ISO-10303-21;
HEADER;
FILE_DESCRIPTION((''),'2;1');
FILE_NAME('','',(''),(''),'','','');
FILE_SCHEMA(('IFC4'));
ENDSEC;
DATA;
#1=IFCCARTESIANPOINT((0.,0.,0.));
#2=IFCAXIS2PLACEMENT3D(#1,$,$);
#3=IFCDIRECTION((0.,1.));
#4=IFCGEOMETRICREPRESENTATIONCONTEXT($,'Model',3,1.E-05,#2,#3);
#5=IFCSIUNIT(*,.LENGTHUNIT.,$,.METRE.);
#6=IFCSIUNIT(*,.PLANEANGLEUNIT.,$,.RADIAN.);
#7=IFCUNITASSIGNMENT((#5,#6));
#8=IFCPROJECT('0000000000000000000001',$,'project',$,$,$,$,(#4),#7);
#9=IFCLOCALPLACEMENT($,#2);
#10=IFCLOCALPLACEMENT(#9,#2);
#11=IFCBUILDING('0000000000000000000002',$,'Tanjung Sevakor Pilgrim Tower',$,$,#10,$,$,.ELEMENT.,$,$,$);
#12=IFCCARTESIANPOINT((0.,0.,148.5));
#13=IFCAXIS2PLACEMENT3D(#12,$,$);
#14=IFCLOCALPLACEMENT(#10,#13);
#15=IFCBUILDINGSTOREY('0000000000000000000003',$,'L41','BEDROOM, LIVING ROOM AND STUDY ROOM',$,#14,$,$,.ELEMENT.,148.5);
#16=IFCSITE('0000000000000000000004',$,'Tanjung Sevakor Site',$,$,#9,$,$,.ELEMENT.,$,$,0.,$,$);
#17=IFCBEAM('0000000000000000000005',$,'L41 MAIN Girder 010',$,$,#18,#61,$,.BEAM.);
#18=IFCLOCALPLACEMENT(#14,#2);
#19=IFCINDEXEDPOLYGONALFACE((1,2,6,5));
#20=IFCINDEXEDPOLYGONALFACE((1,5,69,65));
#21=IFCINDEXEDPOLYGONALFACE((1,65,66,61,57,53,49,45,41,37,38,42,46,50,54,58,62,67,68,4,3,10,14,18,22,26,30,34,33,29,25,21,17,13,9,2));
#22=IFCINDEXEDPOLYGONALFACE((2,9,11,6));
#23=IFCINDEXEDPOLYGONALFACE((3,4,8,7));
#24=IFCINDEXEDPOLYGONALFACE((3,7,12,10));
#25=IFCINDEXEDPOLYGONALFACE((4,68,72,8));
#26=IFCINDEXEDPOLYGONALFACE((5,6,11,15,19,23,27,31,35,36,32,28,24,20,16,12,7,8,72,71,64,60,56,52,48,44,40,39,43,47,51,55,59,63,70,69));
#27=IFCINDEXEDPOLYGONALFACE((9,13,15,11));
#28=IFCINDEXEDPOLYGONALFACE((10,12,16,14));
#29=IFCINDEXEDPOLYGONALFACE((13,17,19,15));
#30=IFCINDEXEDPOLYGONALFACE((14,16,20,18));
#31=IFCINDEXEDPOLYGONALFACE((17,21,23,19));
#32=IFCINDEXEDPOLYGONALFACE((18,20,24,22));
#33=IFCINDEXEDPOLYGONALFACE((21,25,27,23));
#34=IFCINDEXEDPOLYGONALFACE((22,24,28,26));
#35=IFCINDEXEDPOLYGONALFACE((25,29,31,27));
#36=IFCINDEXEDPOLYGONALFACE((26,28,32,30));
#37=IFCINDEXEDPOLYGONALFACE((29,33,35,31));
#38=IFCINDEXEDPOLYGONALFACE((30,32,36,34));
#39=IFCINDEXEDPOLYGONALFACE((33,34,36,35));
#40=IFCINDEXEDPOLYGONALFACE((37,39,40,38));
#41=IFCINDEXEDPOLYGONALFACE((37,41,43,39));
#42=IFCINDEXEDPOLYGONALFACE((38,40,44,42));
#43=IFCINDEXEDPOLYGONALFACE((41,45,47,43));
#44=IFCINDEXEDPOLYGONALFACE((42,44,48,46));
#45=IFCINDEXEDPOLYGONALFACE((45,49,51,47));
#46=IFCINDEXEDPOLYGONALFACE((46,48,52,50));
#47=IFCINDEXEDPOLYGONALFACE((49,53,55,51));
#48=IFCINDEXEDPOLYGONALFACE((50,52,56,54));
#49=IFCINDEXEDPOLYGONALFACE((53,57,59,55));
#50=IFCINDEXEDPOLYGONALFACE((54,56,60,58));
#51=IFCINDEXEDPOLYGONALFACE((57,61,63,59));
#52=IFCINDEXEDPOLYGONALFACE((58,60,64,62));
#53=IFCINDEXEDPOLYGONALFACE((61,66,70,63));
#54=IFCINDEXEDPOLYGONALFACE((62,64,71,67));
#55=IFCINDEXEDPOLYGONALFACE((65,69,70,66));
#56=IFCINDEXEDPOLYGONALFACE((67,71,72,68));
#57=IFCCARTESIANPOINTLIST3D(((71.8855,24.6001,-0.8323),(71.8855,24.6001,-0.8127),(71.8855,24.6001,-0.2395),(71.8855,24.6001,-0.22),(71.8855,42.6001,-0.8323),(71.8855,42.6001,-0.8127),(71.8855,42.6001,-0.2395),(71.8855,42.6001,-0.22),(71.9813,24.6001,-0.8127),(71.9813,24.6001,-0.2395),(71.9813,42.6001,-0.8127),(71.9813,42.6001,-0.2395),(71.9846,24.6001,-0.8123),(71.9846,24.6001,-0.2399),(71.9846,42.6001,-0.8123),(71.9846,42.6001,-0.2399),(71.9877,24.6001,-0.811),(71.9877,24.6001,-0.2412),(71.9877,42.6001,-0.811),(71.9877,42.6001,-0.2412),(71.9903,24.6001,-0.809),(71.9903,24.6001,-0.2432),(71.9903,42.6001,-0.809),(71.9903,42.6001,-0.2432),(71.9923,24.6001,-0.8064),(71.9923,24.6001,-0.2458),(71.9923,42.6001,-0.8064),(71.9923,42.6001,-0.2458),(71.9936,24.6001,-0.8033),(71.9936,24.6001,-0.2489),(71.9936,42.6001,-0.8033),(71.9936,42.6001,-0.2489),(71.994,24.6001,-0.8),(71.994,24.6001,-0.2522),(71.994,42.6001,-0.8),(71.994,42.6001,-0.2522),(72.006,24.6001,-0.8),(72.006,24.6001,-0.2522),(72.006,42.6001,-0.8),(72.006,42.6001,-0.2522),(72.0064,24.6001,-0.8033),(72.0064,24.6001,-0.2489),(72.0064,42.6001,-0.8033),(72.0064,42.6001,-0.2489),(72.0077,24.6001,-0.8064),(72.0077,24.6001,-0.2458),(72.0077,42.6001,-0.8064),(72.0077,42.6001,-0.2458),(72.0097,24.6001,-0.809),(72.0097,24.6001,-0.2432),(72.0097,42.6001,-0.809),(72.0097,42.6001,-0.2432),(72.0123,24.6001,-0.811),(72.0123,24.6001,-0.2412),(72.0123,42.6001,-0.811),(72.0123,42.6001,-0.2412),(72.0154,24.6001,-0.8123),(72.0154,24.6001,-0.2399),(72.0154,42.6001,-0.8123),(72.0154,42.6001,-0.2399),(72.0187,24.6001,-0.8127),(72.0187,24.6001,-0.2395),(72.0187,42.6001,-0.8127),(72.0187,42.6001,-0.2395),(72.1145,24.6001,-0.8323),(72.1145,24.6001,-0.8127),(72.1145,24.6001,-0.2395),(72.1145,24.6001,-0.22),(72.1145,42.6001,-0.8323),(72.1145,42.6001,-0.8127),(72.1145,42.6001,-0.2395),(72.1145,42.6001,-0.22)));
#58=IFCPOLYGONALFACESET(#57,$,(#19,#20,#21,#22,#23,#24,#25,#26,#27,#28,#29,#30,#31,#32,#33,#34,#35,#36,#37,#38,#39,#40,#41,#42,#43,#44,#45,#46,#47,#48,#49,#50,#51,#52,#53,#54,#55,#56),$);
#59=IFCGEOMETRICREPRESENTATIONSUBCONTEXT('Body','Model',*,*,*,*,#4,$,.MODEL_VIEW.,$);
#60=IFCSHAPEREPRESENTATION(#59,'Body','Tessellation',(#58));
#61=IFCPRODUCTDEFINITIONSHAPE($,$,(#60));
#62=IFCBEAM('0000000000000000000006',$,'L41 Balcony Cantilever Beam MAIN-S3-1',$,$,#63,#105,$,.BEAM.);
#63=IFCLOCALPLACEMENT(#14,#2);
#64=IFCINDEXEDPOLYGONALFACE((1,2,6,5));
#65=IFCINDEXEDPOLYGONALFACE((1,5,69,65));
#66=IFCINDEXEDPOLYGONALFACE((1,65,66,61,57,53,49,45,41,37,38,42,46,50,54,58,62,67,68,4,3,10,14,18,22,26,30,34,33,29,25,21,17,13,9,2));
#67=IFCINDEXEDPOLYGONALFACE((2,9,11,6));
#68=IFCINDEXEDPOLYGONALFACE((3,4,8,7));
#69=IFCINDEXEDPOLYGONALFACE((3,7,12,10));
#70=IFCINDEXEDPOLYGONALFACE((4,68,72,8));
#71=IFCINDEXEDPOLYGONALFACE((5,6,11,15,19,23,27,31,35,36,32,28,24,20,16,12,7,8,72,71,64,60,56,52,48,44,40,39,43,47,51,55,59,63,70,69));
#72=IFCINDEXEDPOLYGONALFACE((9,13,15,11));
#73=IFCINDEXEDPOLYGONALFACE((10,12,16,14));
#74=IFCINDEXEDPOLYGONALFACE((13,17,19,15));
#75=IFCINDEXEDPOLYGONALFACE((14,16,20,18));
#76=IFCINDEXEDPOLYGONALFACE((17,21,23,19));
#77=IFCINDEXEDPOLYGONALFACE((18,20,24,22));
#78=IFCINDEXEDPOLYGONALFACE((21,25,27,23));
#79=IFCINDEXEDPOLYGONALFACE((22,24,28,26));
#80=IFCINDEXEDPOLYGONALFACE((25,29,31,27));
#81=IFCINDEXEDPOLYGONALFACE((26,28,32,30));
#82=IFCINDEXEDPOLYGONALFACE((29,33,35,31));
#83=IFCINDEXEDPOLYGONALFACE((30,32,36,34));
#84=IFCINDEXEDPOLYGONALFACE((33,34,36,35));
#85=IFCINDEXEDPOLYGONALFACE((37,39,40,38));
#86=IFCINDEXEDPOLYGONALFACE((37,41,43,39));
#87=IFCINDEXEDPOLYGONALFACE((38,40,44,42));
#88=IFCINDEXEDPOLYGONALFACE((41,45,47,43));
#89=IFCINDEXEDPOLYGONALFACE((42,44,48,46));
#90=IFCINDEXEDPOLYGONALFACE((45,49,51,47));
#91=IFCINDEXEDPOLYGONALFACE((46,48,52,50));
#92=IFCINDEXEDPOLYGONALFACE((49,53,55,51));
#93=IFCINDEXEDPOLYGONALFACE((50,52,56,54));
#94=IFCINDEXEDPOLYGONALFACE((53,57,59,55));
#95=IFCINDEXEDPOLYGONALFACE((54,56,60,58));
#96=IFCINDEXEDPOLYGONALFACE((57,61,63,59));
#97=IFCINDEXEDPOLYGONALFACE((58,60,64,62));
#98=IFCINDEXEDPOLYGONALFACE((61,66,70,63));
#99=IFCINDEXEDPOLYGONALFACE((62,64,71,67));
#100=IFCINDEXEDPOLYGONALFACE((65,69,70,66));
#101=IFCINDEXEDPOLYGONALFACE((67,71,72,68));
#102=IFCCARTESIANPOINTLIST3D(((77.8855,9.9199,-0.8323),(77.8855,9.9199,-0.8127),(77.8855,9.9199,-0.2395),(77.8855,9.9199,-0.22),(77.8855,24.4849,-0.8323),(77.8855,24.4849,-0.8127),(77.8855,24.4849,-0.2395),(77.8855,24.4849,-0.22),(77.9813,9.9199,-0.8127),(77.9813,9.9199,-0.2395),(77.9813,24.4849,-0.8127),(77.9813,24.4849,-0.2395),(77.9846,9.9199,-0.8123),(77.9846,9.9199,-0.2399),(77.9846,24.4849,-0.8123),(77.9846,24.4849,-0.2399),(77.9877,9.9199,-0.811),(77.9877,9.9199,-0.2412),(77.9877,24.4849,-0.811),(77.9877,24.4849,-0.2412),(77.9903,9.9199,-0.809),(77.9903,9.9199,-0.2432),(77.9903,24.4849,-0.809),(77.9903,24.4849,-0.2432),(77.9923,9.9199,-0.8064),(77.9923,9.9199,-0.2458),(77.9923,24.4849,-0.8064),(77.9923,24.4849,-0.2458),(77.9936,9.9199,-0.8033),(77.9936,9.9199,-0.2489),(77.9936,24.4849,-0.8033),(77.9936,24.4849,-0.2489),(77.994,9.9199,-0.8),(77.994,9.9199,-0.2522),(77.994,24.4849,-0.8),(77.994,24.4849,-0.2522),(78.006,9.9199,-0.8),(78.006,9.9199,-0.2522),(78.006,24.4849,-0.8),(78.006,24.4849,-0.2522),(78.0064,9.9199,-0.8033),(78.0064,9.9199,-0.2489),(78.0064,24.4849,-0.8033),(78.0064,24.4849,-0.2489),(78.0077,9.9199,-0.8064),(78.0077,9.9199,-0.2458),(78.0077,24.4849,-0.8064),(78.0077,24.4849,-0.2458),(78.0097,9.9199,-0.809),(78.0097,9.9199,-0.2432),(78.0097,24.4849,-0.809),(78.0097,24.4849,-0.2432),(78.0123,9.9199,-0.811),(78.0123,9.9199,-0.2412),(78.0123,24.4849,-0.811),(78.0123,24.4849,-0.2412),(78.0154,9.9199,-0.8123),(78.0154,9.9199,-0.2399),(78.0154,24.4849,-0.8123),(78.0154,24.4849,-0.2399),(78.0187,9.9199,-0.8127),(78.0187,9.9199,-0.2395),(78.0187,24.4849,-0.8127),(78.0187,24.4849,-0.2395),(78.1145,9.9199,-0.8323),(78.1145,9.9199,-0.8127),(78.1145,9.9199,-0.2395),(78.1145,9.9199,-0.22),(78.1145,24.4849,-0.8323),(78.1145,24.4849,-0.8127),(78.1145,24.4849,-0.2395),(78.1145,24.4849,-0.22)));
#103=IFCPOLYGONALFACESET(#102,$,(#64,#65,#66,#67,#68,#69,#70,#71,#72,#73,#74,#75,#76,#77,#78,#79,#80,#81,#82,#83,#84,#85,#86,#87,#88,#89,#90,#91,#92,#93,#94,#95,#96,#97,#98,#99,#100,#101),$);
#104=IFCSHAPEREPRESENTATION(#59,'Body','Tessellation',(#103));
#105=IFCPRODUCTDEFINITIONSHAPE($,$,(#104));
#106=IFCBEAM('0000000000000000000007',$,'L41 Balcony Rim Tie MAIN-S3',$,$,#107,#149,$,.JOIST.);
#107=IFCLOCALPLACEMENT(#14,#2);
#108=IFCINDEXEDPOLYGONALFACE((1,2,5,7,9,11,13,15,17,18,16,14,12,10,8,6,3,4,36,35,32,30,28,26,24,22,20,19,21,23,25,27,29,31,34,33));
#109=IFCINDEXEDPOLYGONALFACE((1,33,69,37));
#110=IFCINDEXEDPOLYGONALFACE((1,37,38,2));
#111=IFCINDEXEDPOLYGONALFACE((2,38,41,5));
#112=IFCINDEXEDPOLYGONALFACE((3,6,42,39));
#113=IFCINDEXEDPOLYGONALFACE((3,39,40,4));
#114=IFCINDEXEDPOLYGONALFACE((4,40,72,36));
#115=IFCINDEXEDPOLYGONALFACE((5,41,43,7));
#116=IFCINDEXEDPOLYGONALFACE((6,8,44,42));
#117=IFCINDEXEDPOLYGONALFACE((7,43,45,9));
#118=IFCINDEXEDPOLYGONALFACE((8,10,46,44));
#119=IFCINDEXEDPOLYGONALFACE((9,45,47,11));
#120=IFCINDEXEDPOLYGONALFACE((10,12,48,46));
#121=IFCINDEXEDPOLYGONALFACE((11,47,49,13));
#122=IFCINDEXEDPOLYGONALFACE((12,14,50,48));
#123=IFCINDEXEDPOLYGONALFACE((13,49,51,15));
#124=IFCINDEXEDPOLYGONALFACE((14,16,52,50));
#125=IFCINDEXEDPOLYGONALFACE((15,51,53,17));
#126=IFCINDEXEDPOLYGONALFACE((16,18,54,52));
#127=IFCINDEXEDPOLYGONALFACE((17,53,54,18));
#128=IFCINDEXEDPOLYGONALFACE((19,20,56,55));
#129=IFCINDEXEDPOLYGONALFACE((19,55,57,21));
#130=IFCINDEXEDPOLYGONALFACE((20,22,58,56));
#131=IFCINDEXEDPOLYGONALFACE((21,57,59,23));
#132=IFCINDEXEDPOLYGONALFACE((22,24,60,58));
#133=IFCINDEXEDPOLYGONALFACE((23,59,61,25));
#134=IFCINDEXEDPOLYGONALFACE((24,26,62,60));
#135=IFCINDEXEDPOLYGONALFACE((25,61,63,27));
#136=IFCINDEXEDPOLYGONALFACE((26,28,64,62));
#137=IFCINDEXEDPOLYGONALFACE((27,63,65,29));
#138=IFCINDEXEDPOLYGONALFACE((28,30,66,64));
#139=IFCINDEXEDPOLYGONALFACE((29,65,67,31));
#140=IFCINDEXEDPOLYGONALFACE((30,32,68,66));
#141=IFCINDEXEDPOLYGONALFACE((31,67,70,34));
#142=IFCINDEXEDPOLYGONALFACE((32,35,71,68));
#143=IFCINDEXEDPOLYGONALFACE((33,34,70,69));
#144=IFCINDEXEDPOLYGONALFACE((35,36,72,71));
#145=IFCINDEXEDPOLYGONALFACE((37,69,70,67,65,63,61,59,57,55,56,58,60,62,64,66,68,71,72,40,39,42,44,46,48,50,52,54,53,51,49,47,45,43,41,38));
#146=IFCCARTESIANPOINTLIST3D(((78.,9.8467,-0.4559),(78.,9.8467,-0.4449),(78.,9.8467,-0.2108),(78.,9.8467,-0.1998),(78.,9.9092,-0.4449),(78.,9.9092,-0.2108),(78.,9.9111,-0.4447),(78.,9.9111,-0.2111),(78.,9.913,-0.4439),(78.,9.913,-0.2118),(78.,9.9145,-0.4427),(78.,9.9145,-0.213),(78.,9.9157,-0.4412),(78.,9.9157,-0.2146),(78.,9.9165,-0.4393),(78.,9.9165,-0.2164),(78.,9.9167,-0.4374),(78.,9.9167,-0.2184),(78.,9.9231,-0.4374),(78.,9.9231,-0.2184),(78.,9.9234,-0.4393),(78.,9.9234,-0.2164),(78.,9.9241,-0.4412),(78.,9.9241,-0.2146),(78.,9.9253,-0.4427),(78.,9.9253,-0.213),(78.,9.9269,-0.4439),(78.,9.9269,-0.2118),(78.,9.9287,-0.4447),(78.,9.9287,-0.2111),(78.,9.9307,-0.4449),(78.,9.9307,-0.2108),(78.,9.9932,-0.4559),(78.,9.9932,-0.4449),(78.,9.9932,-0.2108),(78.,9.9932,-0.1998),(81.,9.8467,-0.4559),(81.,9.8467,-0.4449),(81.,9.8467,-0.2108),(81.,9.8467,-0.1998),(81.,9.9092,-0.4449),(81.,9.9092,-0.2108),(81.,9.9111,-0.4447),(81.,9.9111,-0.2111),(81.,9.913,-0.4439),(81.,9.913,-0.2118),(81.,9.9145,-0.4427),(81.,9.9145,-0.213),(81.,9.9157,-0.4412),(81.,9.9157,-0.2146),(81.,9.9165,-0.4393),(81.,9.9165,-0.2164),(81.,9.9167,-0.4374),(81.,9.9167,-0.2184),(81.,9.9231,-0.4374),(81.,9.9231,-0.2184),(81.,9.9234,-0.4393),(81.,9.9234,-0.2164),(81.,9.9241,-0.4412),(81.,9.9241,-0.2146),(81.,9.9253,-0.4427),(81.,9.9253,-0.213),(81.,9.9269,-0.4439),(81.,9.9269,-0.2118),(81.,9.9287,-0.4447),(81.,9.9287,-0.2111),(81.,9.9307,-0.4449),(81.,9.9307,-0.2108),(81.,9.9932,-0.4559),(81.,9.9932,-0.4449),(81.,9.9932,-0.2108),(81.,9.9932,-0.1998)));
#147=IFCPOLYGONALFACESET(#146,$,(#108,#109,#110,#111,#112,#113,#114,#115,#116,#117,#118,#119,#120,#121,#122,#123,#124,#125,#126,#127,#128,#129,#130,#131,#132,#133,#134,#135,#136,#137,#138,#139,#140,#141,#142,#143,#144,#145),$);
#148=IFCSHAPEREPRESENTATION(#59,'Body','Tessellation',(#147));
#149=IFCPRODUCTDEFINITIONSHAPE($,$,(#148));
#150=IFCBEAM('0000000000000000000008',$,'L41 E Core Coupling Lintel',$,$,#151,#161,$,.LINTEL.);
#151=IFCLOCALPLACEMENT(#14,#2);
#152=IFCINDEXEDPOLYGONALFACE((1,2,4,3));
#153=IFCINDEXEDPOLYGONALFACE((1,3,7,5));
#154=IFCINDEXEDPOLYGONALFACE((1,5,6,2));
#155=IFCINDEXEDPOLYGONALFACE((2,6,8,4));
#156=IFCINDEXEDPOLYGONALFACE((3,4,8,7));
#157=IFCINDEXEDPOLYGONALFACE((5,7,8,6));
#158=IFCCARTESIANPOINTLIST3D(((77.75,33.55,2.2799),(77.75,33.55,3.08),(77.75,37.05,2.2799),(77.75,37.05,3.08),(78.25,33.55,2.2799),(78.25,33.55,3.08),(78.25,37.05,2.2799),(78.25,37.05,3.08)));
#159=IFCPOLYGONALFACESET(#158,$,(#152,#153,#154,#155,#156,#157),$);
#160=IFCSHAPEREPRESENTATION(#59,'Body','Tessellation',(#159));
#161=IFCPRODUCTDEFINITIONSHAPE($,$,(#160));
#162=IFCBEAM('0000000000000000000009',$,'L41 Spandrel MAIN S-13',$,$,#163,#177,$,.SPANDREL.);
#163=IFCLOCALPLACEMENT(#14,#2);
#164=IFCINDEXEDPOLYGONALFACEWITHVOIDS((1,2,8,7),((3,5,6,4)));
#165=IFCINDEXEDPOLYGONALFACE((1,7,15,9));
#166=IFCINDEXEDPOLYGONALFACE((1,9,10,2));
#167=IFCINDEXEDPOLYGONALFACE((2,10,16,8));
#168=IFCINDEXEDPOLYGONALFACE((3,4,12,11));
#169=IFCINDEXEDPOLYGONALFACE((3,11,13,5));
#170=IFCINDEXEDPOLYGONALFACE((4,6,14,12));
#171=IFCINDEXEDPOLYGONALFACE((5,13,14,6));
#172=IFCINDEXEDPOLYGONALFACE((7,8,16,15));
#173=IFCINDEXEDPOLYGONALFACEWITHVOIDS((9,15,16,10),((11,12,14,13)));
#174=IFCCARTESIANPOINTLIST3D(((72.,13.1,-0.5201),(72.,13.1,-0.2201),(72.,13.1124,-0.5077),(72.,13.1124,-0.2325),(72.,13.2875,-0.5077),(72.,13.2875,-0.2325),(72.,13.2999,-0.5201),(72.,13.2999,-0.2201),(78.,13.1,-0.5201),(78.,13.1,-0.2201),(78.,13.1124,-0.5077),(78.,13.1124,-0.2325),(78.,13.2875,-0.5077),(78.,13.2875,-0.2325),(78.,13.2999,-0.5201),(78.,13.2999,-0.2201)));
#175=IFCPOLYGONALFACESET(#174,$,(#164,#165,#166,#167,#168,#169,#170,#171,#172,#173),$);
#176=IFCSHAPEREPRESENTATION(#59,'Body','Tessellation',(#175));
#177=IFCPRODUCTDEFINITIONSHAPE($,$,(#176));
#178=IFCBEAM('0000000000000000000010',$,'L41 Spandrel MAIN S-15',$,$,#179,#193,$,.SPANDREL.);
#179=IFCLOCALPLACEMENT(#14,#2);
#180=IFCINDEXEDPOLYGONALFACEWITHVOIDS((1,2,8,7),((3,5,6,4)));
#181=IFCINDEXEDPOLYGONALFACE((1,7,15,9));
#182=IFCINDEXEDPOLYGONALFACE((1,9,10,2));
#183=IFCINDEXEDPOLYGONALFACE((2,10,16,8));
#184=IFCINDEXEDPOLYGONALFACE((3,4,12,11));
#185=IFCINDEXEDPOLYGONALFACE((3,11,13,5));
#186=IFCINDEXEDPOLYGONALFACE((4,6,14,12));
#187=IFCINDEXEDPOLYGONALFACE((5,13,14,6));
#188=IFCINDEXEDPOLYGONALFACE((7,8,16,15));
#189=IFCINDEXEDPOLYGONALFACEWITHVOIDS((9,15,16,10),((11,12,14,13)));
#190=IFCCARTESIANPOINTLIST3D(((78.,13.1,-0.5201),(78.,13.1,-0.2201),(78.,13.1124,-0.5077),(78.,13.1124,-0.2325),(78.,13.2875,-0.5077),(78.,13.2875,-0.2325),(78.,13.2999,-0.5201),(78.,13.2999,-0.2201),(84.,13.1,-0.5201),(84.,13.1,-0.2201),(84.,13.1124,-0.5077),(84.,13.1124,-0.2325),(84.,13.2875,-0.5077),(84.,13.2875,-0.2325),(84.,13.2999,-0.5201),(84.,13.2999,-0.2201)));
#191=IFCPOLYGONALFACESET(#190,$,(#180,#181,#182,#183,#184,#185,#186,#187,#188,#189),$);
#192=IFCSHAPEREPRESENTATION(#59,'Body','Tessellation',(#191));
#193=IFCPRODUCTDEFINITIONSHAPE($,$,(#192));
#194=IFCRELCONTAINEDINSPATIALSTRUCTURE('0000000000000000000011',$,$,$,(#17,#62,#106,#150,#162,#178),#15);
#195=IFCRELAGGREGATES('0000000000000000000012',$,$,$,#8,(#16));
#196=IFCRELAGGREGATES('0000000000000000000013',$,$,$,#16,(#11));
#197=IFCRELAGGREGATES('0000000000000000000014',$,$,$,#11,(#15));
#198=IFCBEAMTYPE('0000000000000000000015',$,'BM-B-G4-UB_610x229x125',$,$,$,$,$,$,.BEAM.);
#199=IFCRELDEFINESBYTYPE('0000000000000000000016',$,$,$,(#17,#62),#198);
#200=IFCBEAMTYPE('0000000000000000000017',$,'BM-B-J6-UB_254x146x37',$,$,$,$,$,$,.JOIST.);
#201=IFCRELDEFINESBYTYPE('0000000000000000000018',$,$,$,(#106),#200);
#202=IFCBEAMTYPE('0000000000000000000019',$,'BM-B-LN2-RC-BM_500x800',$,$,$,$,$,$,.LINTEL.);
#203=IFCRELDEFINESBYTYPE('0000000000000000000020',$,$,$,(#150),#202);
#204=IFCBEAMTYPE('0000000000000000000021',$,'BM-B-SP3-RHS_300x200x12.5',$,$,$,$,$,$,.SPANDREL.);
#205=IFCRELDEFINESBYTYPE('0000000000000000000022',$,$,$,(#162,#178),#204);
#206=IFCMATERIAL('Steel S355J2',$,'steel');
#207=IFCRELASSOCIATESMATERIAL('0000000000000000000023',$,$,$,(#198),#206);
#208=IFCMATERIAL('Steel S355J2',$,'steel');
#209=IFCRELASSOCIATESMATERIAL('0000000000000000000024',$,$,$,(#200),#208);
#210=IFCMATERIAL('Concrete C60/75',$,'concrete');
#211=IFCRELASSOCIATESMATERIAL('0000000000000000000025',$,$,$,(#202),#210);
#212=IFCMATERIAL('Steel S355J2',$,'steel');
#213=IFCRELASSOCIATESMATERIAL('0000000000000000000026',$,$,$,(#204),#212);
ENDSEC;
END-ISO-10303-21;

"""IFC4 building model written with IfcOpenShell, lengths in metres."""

from ifc_helpers import new_model, si_unit, direction, frame, origin, origin_2d, place, context, subcontext, project, spatial, rectangle, hollow_rectangle, i_section, extrude, material, material_profile, profile_set, type_object, element, save


model = new_model("IFC4")

# Units and contexts
model_context = context("Model", 3, precision=1e-05, world=origin(), true_north=direction((0.0, 1.0)))
body_context = subcontext(model_context, "Body", "Model", "MODEL_VIEW")
ifc_project = project(units=[si_unit("LENGTHUNIT", "METRE"), si_unit("PLANEANGLEUNIT", "RADIAN")], contexts=[model_context])

# Site, building, storey
site_placement = place(None, origin())
site = spatial("IfcSite", under=ifc_project, at=site_placement, Name="Tanjung Sevakor Site", CompositionType="ELEMENT", RefElevation=0.0)
building_placement = place(site_placement, origin())
building = spatial("IfcBuilding", under=site, at=building_placement, Name="Tanjung Sevakor Pilgrim Tower", CompositionType="ELEMENT")
storey_placement = place(building_placement, frame((0.0, 0.0, 148.5)))
storey = spatial("IfcBuildingStorey", under=building, at=storey_placement, Name="L41", Description="BEDROOM, LIVING ROOM AND STUDY ROOM", CompositionType="ELEMENT", Elevation=148.5)

# Beams
ifc_material_1 = material(Name="Steel S355J2", Category="steel")
ifc_material_profile_1 = material_profile(ifc_material_1, i_section(OverallWidth=0.229, OverallDepth=0.6123, WebThickness=0.012, FlangeThickness=0.0195, FilletRadius=0.0127, at=origin_2d()))
ifc_profile_set_1 = profile_set([ifc_material_profile_1], Name="Steel S355J2")
beam_type_1 = type_object("IfcBeamType", Name="BM-B-G4-UB_610x229x125", PredefinedType="BEAM", material=ifc_profile_set_1)
beam_1_placement = place(storey_placement, frame((72.0, 24.6001, -0.5261), z_axis=(0.0, 1.0, 0.0), x_axis=(-1.0, 0.0, 0.0)))
element("IfcBeam", 1, at=beam_1_placement, inside=storey, type_object=beam_type_1, Name="L41 MAIN Girder 010", PredefinedType="BEAM", context=body_context, shape_type="SweptSolid", body=[
    extrude(i_section(OverallWidth=0.229, OverallDepth=0.6123, WebThickness=0.012, FlangeThickness=0.0195, FilletRadius=0.0127, at=origin_2d()), origin(), (0.0, 0.0, 1.0), 18.0),
])
beam_2_placement = place(storey_placement, frame((78.0, 24.4849, -0.5261), z_axis=(0.0, -1.0, 0.0), x_axis=(1.0, 0.0, 0.0)))
element("IfcBeam", 2, at=beam_2_placement, inside=storey, type_object=beam_type_1, Name="L41 Balcony Cantilever Beam MAIN-S3-1", PredefinedType="BEAM", context=body_context, shape_type="SweptSolid", body=[
    extrude(i_section(OverallWidth=0.229, OverallDepth=0.6123, WebThickness=0.012, FlangeThickness=0.0195, FilletRadius=0.0127, at=origin_2d()), origin(), (0.0, 0.0, 1.0), 14.5649),
])
ifc_material_2 = material(Name="Steel S355J2", Category="steel")
ifc_material_profile_2 = material_profile(ifc_material_2, i_section(OverallWidth=0.1465, OverallDepth=0.2561, WebThickness=0.0063, FlangeThickness=0.011, FilletRadius=0.0076, at=origin_2d()))
ifc_profile_set_2 = profile_set([ifc_material_profile_2], Name="Steel S355J2")
beam_type_2 = type_object("IfcBeamType", Name="BM-B-J6-UB_254x146x37", PredefinedType="JOIST", material=ifc_profile_set_2)
beam_3_placement = place(storey_placement, frame((78.0, 9.9199, -0.3279), z_axis=(1.0, 0.0, 0.0), x_axis=(0.0, 1.0, 0.0)))
element("IfcBeam", 3, at=beam_3_placement, inside=storey, type_object=beam_type_2, Name="L41 Balcony Rim Tie MAIN-S3", PredefinedType="JOIST", context=body_context, shape_type="SweptSolid", body=[
    extrude(i_section(OverallWidth=0.1465, OverallDepth=0.2561, WebThickness=0.0063, FlangeThickness=0.011, FilletRadius=0.0076, at=origin_2d()), origin(), (0.0, 0.0, 1.0), 3.0),
])
ifc_material_3 = material(Name="Concrete C60/75", Category="concrete")
ifc_material_profile_3 = material_profile(ifc_material_3, rectangle(XDim=0.5, YDim=0.8, at=origin_2d()))
ifc_profile_set_3 = profile_set([ifc_material_profile_3], Name="Concrete C60/75")
beam_type_3 = type_object("IfcBeamType", Name="BM-B-LN2-RC-BM_500x800", PredefinedType="LINTEL", material=ifc_profile_set_3)
beam_4_placement = place(storey_placement, frame((78.0, 33.55, 2.6799), z_axis=(0.0, 1.0, 0.0), x_axis=(-1.0, 0.0, 0.0)))
element("IfcBeam", 4, at=beam_4_placement, inside=storey, type_object=beam_type_3, Name="L41 E Core Coupling Lintel", PredefinedType="LINTEL", context=body_context, shape_type="SweptSolid", body=[
    extrude(rectangle(XDim=0.5, YDim=0.8, at=origin_2d()), origin(), (0.0, 0.0, 1.0), 3.5),
])
ifc_material_4 = material(Name="Steel S355J2", Category="steel")
ifc_material_profile_4 = material_profile(ifc_material_4, hollow_rectangle(XDim=0.2, YDim=0.3, WallThickness=0.0125, at=origin_2d()))
ifc_profile_set_4 = profile_set([ifc_material_profile_4], Name="Steel S355J2")
beam_type_4 = type_object("IfcBeamType", Name="BM-B-SP3-RHS_300x200x12.5", PredefinedType="SPANDREL", material=ifc_profile_set_4)
for number, where, z_axis, x_axis, name in (
    (5, (72.0, 13.2, -0.3701), (1.0, 0.0, 0.0), (0.0, 1.0, 0.0), "L41 Spandrel MAIN S-13"),
    (6, (78.0, 13.2, -0.3701), (1.0, 0.0, 0.0), (0.0, 1.0, 0.0), "L41 Spandrel MAIN S-15"),
):
    element("IfcBeam", number, at=place(storey_placement, frame(where, z_axis=z_axis, x_axis=x_axis)), inside=storey, type_object=beam_type_4, Name=name, PredefinedType="SPANDREL", context=body_context, shape_type="SweptSolid", body=[
        extrude(hollow_rectangle(XDim=0.2, YDim=0.3, WallThickness=0.0125, at=origin_2d()), origin(), (0.0, 0.0, 1.0), 6.0),
    ])

save(model, "model.ifc")
